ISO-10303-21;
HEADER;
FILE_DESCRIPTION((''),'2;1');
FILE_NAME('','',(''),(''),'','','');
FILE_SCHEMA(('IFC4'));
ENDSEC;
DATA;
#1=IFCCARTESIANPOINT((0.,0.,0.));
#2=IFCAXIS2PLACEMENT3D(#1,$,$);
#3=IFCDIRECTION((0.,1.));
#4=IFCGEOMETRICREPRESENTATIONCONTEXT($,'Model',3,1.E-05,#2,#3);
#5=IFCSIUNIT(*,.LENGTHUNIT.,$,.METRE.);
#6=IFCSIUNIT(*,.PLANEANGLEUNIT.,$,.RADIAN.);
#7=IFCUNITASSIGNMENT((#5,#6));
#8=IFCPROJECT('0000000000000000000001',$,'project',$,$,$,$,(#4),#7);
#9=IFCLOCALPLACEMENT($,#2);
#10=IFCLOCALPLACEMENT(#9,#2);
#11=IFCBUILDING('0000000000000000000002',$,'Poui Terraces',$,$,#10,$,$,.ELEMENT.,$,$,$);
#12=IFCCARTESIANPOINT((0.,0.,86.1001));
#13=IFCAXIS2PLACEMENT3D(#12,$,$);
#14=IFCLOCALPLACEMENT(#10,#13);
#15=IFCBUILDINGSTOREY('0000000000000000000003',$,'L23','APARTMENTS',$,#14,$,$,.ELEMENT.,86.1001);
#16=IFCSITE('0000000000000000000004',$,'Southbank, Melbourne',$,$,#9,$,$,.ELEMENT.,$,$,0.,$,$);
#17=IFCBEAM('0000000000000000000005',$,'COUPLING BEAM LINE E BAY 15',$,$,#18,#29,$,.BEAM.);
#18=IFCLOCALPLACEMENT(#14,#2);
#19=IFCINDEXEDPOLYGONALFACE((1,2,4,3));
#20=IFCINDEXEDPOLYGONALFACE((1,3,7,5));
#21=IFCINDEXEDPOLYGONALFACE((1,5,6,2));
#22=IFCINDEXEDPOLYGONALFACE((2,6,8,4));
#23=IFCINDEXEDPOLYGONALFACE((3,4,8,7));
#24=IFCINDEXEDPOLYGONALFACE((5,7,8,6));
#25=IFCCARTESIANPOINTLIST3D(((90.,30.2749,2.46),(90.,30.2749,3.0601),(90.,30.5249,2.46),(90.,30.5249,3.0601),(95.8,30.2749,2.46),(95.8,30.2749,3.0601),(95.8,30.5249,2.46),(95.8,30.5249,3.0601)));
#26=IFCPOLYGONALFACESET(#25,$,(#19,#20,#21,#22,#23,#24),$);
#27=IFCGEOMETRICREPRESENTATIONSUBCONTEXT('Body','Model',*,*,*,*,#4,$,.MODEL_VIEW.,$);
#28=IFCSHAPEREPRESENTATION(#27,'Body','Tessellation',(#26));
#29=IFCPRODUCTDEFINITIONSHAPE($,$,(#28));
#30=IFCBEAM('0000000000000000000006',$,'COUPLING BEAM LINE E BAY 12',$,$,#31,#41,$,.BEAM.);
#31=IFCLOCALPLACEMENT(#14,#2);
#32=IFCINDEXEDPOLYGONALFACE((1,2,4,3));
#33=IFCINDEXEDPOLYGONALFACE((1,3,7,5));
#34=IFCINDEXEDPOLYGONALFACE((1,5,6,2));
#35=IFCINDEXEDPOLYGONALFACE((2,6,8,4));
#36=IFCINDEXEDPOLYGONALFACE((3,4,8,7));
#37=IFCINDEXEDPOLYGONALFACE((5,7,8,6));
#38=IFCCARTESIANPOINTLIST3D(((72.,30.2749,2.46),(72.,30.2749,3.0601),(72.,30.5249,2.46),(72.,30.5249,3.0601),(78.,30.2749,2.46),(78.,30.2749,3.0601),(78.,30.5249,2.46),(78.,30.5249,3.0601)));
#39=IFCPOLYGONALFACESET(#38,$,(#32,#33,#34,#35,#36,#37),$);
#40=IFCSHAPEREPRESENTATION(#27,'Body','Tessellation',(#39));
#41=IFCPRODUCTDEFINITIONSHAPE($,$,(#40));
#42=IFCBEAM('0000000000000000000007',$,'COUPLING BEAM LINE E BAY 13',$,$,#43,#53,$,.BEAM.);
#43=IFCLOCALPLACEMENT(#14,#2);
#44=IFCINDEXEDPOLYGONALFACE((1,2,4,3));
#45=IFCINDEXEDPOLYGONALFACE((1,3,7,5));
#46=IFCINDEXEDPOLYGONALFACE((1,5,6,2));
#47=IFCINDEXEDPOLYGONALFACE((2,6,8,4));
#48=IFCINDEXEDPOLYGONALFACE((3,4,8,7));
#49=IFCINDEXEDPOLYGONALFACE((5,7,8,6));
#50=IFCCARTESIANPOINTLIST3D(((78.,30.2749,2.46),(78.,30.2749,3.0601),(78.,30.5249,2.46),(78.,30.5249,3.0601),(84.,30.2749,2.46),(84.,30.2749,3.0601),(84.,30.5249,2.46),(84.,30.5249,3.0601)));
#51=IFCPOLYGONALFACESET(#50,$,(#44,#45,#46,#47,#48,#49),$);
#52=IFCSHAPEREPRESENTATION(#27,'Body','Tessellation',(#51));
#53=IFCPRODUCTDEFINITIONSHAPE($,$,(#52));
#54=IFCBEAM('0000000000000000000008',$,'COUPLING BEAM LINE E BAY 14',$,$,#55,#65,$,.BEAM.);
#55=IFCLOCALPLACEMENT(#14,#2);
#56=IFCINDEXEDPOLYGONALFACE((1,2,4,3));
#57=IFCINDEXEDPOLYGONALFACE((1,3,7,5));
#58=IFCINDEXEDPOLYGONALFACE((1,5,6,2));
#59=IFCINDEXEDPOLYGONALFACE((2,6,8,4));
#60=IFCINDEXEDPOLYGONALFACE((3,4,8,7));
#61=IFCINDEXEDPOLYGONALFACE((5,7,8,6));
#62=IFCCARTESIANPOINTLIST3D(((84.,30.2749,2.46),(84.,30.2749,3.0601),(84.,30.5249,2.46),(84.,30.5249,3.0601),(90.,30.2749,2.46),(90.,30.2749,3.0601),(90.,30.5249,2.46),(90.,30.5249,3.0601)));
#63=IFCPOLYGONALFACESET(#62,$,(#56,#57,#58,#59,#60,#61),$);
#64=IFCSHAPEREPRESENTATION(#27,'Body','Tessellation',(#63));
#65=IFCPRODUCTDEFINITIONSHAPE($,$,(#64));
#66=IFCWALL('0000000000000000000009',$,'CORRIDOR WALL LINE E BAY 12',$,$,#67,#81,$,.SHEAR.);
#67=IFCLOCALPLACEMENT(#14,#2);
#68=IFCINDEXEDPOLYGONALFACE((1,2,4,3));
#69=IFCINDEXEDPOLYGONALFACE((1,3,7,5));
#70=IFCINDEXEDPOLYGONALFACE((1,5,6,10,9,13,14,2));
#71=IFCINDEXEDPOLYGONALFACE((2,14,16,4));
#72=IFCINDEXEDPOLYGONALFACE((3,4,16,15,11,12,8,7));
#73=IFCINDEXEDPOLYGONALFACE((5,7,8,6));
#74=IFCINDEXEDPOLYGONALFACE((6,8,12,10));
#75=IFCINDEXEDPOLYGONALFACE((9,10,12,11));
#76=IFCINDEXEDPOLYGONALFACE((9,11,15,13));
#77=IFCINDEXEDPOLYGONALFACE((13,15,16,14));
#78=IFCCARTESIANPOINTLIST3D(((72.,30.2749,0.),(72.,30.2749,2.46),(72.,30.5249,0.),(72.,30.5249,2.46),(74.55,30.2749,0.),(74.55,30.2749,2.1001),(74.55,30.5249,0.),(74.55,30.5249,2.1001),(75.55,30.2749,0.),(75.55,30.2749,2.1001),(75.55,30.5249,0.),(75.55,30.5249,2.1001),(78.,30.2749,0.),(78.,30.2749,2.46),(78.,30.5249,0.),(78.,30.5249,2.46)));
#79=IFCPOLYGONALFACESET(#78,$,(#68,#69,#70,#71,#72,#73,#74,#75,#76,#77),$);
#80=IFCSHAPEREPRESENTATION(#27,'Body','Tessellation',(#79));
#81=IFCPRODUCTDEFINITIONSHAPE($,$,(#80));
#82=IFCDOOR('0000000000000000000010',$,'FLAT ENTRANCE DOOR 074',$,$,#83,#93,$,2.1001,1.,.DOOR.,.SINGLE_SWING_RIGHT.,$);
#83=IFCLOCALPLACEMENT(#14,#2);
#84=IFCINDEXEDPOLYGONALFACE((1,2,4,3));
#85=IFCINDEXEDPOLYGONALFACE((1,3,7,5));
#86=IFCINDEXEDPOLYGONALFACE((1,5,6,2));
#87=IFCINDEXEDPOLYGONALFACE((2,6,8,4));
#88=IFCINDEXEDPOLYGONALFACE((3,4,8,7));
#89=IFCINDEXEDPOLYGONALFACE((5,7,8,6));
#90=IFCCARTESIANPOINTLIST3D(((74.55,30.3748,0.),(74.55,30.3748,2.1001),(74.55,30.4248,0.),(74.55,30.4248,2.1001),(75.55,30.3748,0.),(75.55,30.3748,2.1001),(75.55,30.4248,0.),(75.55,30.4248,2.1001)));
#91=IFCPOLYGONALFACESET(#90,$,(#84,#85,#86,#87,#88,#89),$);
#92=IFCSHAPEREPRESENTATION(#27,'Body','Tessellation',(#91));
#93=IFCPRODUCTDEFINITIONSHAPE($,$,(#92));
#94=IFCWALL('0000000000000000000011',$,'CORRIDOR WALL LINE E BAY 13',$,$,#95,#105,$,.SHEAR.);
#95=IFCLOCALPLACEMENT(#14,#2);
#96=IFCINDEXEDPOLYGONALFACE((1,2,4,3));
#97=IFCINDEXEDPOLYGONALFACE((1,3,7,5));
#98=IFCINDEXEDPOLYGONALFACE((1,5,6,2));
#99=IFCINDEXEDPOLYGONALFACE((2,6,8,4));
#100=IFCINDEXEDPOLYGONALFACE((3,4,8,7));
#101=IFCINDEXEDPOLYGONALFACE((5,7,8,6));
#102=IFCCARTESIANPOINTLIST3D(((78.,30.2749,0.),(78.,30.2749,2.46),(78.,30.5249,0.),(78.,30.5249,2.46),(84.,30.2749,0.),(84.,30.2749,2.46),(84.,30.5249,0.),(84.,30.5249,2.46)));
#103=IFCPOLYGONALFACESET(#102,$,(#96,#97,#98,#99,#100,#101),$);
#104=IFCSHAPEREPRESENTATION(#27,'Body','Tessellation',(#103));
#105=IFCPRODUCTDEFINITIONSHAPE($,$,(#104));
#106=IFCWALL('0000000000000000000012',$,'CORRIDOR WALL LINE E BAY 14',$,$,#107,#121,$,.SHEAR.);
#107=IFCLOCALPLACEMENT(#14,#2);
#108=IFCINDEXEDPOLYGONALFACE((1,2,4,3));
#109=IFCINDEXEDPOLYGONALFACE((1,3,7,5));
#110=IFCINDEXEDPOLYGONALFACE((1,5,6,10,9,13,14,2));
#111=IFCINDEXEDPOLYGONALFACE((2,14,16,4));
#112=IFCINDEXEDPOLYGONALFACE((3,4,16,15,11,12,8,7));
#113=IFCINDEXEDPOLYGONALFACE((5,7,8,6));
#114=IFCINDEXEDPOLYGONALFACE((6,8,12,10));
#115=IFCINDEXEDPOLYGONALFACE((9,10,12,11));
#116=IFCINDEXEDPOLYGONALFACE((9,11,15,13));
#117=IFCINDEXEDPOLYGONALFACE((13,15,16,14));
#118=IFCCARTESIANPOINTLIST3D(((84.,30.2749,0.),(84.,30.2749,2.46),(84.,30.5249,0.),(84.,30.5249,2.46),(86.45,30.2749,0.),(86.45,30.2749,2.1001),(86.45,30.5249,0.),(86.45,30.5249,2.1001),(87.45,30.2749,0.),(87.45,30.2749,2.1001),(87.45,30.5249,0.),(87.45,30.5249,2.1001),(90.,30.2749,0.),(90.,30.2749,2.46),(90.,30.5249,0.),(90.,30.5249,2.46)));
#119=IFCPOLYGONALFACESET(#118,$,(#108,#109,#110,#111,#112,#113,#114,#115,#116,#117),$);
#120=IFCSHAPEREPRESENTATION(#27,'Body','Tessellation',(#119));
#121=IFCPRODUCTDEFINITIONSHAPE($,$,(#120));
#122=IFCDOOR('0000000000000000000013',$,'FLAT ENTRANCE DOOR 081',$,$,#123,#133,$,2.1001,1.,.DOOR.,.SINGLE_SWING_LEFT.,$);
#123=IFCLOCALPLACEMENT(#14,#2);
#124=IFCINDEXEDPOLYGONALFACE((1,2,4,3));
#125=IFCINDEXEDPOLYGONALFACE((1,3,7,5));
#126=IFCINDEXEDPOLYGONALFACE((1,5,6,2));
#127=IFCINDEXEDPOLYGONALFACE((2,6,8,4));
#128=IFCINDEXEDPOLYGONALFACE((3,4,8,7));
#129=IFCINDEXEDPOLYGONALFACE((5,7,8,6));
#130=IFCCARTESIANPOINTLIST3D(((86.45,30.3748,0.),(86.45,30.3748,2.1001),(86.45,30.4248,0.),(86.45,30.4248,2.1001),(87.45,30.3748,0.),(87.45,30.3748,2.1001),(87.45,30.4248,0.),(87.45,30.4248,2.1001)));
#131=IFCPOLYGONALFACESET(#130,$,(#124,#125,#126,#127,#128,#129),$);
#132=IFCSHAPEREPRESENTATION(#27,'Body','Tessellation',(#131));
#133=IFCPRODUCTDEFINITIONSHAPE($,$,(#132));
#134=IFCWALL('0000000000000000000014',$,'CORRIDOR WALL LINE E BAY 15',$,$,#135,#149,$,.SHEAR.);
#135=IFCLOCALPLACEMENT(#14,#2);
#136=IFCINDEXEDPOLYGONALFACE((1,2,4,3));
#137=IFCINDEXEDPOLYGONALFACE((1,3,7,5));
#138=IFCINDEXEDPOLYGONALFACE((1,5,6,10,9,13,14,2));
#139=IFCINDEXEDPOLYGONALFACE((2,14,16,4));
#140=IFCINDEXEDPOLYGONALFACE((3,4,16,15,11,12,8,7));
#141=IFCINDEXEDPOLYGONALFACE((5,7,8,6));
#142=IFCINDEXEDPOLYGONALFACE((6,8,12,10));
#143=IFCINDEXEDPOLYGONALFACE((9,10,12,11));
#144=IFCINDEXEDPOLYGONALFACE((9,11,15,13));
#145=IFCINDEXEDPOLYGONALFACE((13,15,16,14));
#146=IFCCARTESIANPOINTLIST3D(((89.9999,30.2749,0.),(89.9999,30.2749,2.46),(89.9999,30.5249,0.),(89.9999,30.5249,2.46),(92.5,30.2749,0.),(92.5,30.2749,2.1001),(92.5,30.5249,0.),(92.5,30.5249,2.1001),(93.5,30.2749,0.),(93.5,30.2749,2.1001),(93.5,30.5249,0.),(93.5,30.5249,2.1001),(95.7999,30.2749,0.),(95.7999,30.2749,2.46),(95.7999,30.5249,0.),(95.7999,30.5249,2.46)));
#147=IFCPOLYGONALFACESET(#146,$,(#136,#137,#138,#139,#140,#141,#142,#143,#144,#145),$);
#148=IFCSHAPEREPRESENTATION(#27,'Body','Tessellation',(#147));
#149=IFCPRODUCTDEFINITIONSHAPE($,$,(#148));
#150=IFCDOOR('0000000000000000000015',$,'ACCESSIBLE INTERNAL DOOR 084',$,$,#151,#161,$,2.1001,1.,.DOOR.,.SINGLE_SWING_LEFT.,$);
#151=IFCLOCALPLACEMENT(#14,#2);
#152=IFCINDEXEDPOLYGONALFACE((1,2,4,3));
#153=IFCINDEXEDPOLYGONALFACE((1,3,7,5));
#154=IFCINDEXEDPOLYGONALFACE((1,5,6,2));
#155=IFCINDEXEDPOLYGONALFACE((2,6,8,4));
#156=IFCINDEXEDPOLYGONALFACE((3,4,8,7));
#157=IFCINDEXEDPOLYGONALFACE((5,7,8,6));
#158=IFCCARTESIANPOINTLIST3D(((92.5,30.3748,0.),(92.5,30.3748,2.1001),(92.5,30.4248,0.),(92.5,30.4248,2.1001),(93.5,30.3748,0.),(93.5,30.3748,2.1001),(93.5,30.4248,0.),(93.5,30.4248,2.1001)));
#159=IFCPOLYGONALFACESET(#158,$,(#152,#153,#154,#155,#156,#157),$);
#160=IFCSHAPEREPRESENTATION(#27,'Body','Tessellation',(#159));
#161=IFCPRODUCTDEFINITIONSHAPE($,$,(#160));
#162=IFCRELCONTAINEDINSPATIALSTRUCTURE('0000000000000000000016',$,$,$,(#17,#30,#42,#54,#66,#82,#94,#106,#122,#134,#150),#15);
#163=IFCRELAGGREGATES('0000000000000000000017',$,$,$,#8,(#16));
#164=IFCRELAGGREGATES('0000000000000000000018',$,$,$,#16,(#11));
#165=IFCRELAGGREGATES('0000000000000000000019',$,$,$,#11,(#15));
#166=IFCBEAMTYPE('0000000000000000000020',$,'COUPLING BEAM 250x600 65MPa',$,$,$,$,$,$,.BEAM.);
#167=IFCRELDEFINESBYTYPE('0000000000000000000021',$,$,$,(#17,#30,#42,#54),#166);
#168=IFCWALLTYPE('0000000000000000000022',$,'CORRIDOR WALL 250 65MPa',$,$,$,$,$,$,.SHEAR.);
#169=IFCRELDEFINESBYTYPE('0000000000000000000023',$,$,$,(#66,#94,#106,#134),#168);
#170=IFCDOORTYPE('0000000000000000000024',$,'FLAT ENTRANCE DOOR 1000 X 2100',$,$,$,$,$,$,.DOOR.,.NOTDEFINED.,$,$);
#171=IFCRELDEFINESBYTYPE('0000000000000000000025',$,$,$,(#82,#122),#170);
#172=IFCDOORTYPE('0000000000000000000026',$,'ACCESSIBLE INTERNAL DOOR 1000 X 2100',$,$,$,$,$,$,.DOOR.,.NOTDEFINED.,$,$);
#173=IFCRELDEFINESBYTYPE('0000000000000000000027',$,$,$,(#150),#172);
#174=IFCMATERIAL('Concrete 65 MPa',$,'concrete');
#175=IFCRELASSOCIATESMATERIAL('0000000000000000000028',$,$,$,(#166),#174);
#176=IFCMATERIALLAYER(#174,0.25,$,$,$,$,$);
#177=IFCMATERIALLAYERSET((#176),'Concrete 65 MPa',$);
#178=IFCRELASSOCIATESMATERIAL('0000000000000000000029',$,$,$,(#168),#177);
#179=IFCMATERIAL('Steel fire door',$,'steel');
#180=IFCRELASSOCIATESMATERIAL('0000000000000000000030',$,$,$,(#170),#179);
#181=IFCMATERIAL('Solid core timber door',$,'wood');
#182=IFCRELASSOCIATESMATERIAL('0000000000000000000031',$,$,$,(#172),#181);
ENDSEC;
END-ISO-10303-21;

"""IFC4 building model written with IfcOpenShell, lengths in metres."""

from ifc_helpers import new_model, si_unit, direction, frame, frame_2d, origin, origin_2d, place, context, subcontext, project, spatial, rectangle, extrude, source, transform, mapped, material, layer, layer_set, material_profile, profile_set, type_object, element, fill, save


model = new_model("IFC4")

# Units and contexts
model_context = context("Model", 3, precision=1e-05, world=origin(), true_north=direction((0.0, 1.0)))
body_context = subcontext(model_context, "Body", "Model", "MODEL_VIEW")
ifc_project = project(units=[si_unit("LENGTHUNIT", "METRE"), si_unit("PLANEANGLEUNIT", "RADIAN")], contexts=[model_context])

# Site, building, storey
site_placement = place(None, origin())
site = spatial("IfcSite", under=ifc_project, at=site_placement, Name="Southbank, Melbourne", CompositionType="ELEMENT", RefElevation=0.0)
building_placement = place(site_placement, origin())
building = spatial("IfcBuilding", under=site, at=building_placement, Name="Poui Terraces", CompositionType="ELEMENT")
storey_placement = place(building_placement, frame((0.0, 0.0, 86.1001)))
storey = spatial("IfcBuildingStorey", under=building, at=storey_placement, Name="L23", Description="APARTMENTS", CompositionType="ELEMENT", Elevation=86.1001)

# Beams
ifc_material_1 = material(Name="Concrete 65 MPa", Category="concrete")
ifc_material_profile = material_profile(ifc_material_1, rectangle(XDim=0.25, YDim=0.6001, at=origin_2d()), Name="RC 250x600")
ifc_profile_set = profile_set([ifc_material_profile], Name="Concrete 65 MPa")
beam_type = type_object("IfcBeamType", Name="COUPLING BEAM 250x600 65MPa", PredefinedType="BEAM", material=ifc_profile_set)
shared_shape_1 = source(origin(), body_context, "Body", "SweptSolid", [
    extrude(rectangle(XDim=0.25, YDim=0.6001, at=origin_2d()), origin(), (0.0, 0.0, 1.0), 5.8),
])
beam_placement = place(storey_placement, frame((90.0, 30.3999, 2.76), z_axis=(1.0, 0.0, 0.0), x_axis=(0.0, 1.0, 0.0)))
element("IfcBeam", 1, at=beam_placement, inside=storey, type_object=beam_type, Name="COUPLING BEAM LINE E BAY 15", PredefinedType="BEAM", context=body_context, shape_type="MappedRepresentation", body=[
    mapped(shared_shape_1, transform((0.0, 0.0, 0.0))),
])
shared_shape_2 = source(origin(), body_context, "Body", "SweptSolid", [
    extrude(rectangle(XDim=0.25, YDim=0.6001, at=origin_2d()), origin(), (0.0, 0.0, 1.0), 6.0),
])
for number, where, z_axis, x_axis, name in (
    (2, (72.0, 30.3999, 2.76), (1.0, 0.0, 0.0), (0.0, 1.0, 0.0), "COUPLING BEAM LINE E BAY 12"),
    (3, (78.0, 30.3999, 2.76), (1.0, 0.0, 0.0), (0.0, 1.0, 0.0), "COUPLING BEAM LINE E BAY 13"),
    (4, (84.0, 30.3999, 2.76), (1.0, 0.0, 0.0), (0.0, 1.0, 0.0), "COUPLING BEAM LINE E BAY 14"),
):
    element("IfcBeam", number, at=place(storey_placement, frame(where, z_axis=z_axis, x_axis=x_axis)), inside=storey, type_object=beam_type, Name=name, PredefinedType="BEAM", context=body_context, shape_type="MappedRepresentation", body=[
        mapped(shared_shape_2, transform((0.0, 0.0, 0.0))),
    ])

# Wall, opening, door
ifc_layer_1 = layer(ifc_material_1, 0.25)
ifc_layer_set_1 = layer_set([ifc_layer_1], Name="Concrete 65 MPa")
wall_type_1 = type_object("IfcWallType", Name="CORRIDOR WALL 250 65MPa", PredefinedType="SHEAR", material=ifc_layer_set_1)
wall_1_placement = place(storey_placement, frame((72.0, 30.3999, 0.0), z_axis=(0.0, 0.0, 1.0), x_axis=(1.0, 0.0, 0.0)))
wall_1 = element("IfcWall", 5, at=wall_1_placement, inside=storey, type_object=wall_type_1, Name="CORRIDOR WALL LINE E BAY 12", PredefinedType="SHEAR", context=body_context, shape_type="SweptSolid", body=[
    extrude(rectangle(XDim=6.0, YDim=0.25, at=frame_2d((3.0, 0.0))), origin(), (0.0, 0.0, 1.0), 2.46),
])
opening_1_placement = place(wall_1_placement, frame((2.55, 0.0, 0.0)))
opening_1 = element("IfcOpeningElement", 6, at=opening_1_placement, cuts=wall_1, PredefinedType="OPENING", context=body_context, shape_type="SweptSolid", body=[
    extrude(rectangle(XDim=1.0, YDim=2.1001, at=frame_2d((0.5, 1.05))), frame((0.0, 0.135, 0.0), z_axis=(0.0, -1.0, 0.0), x_axis=(1.0, 0.0, 0.0)), (0.0, 0.0, 1.0), 0.27),
])
ifc_material_2 = material(Name="Steel fire door", Category="steel")
door_type_1 = type_object("IfcDoorType", Name="FLAT ENTRANCE DOOR 1000 X 2100", OperationType="NOTDEFINED", PredefinedType="DOOR", material=ifc_material_2)
door_1_placement = place(opening_1_placement, origin())
door_1 = element("IfcDoor", 7, at=door_1_placement, inside=storey, type_object=door_type_1, Name="FLAT ENTRANCE DOOR 074", OperationType="SINGLE_SWING_RIGHT", OverallHeight=2.1001, OverallWidth=1.0, PredefinedType="DOOR", context=body_context, shape_type="SweptSolid", body=[
    extrude(rectangle(XDim=1.0, YDim=2.1001, at=frame_2d((0.5, 1.05))), frame((0.0, 0.0249, 0.0), z_axis=(0.0, -1.0, 0.0), x_axis=(1.0, 0.0, 0.0)), (0.0, 0.0, 1.0), 0.05),
])
fill(opening_1, door_1)

# Wall
wall_2_placement = place(storey_placement, frame((78.0, 30.3999, 0.0), z_axis=(0.0, 0.0, 1.0), x_axis=(1.0, 0.0, 0.0)))
element("IfcWall", 8, at=wall_2_placement, inside=storey, type_object=wall_type_1, Name="CORRIDOR WALL LINE E BAY 13", PredefinedType="SHEAR", context=body_context, shape_type="SweptSolid", body=[
    extrude(rectangle(XDim=6.0, YDim=0.25, at=frame_2d((3.0, 0.0))), origin(), (0.0, 0.0, 1.0), 2.46),
])

# Walls, openings, doors
wall_3_placement = place(storey_placement, frame((84.0, 30.3999, 0.0), z_axis=(0.0, 0.0, 1.0), x_axis=(1.0, 0.0, 0.0)))
wall_3 = element("IfcWall", 9, at=wall_3_placement, inside=storey, type_object=wall_type_1, Name="CORRIDOR WALL LINE E BAY 14", PredefinedType="SHEAR", context=body_context, shape_type="SweptSolid", body=[
    extrude(rectangle(XDim=6.0, YDim=0.25, at=frame_2d((3.0, 0.0))), origin(), (0.0, 0.0, 1.0), 2.46),
])
opening_2_placement = place(wall_3_placement, frame((2.45, 0.0, 0.0)))
opening_2 = element("IfcOpeningElement", 10, at=opening_2_placement, cuts=wall_3, PredefinedType="OPENING", context=body_context, shape_type="SweptSolid", body=[
    extrude(rectangle(XDim=1.0, YDim=2.1001, at=frame_2d((0.5, 1.05))), frame((0.0, 0.135, 0.0), z_axis=(0.0, -1.0, 0.0), x_axis=(1.0, 0.0, 0.0)), (0.0, 0.0, 1.0), 0.27),
])
door_2_placement = place(opening_2_placement, origin())
door_2 = element("IfcDoor", 11, at=door_2_placement, inside=storey, type_object=door_type_1, Name="FLAT ENTRANCE DOOR 081", OperationType="SINGLE_SWING_LEFT", OverallHeight=2.1001, OverallWidth=1.0, PredefinedType="DOOR", context=body_context, shape_type="SweptSolid", body=[
    extrude(rectangle(XDim=1.0, YDim=2.1001, at=frame_2d((0.5, 1.05))), frame((0.0, 0.0249, 0.0), z_axis=(0.0, -1.0, 0.0), x_axis=(1.0, 0.0, 0.0)), (0.0, 0.0, 1.0), 0.05),
])
fill(opening_2, door_2)
wall_4_placement = place(storey_placement, frame((90.0, 30.3999, 0.0), z_axis=(0.0, 0.0, 1.0), x_axis=(1.0, 0.0, 0.0)))
wall_4 = element("IfcWall", 12, at=wall_4_placement, inside=storey, type_object=wall_type_1, Name="CORRIDOR WALL LINE E BAY 15", PredefinedType="SHEAR", context=body_context, shape_type="SweptSolid", body=[
    extrude(rectangle(XDim=5.8, YDim=0.25, at=frame_2d((2.8999, 0.0))), origin(), (0.0, 0.0, 1.0), 2.46),
])
opening_3_placement = place(wall_4_placement, frame((2.5, 0.0, 0.0)))
opening_3 = element("IfcOpeningElement", 13, at=opening_3_placement, cuts=wall_4, PredefinedType="OPENING", context=body_context, shape_type="SweptSolid", body=[
    extrude(rectangle(XDim=1.0, YDim=2.1001, at=frame_2d((0.5, 1.05))), frame((0.0, 0.135, 0.0), z_axis=(0.0, -1.0, 0.0), x_axis=(1.0, 0.0, 0.0)), (0.0, 0.0, 1.0), 0.27),
])
ifc_material_3 = material(Name="Solid core timber door", Category="wood")
door_type_2 = type_object("IfcDoorType", Name="ACCESSIBLE INTERNAL DOOR 1000 X 2100", OperationType="NOTDEFINED", PredefinedType="DOOR", material=ifc_material_3)
door_3_placement = place(opening_3_placement, origin())
door_3 = element("IfcDoor", 14, at=door_3_placement, inside=storey, type_object=door_type_2, Name="ACCESSIBLE INTERNAL DOOR 084", OperationType="SINGLE_SWING_LEFT", OverallHeight=2.1001, OverallWidth=1.0, PredefinedType="DOOR", context=body_context, shape_type="SweptSolid", body=[
    extrude(rectangle(XDim=1.0, YDim=2.1001, at=frame_2d((0.5, 1.05))), frame((0.0, 0.0249, 0.0), z_axis=(0.0, -1.0, 0.0), x_axis=(1.0, 0.0, 0.0)), (0.0, 0.0, 1.0), 0.05),
])
fill(opening_3, door_3)

save(model, "model.ifc")
